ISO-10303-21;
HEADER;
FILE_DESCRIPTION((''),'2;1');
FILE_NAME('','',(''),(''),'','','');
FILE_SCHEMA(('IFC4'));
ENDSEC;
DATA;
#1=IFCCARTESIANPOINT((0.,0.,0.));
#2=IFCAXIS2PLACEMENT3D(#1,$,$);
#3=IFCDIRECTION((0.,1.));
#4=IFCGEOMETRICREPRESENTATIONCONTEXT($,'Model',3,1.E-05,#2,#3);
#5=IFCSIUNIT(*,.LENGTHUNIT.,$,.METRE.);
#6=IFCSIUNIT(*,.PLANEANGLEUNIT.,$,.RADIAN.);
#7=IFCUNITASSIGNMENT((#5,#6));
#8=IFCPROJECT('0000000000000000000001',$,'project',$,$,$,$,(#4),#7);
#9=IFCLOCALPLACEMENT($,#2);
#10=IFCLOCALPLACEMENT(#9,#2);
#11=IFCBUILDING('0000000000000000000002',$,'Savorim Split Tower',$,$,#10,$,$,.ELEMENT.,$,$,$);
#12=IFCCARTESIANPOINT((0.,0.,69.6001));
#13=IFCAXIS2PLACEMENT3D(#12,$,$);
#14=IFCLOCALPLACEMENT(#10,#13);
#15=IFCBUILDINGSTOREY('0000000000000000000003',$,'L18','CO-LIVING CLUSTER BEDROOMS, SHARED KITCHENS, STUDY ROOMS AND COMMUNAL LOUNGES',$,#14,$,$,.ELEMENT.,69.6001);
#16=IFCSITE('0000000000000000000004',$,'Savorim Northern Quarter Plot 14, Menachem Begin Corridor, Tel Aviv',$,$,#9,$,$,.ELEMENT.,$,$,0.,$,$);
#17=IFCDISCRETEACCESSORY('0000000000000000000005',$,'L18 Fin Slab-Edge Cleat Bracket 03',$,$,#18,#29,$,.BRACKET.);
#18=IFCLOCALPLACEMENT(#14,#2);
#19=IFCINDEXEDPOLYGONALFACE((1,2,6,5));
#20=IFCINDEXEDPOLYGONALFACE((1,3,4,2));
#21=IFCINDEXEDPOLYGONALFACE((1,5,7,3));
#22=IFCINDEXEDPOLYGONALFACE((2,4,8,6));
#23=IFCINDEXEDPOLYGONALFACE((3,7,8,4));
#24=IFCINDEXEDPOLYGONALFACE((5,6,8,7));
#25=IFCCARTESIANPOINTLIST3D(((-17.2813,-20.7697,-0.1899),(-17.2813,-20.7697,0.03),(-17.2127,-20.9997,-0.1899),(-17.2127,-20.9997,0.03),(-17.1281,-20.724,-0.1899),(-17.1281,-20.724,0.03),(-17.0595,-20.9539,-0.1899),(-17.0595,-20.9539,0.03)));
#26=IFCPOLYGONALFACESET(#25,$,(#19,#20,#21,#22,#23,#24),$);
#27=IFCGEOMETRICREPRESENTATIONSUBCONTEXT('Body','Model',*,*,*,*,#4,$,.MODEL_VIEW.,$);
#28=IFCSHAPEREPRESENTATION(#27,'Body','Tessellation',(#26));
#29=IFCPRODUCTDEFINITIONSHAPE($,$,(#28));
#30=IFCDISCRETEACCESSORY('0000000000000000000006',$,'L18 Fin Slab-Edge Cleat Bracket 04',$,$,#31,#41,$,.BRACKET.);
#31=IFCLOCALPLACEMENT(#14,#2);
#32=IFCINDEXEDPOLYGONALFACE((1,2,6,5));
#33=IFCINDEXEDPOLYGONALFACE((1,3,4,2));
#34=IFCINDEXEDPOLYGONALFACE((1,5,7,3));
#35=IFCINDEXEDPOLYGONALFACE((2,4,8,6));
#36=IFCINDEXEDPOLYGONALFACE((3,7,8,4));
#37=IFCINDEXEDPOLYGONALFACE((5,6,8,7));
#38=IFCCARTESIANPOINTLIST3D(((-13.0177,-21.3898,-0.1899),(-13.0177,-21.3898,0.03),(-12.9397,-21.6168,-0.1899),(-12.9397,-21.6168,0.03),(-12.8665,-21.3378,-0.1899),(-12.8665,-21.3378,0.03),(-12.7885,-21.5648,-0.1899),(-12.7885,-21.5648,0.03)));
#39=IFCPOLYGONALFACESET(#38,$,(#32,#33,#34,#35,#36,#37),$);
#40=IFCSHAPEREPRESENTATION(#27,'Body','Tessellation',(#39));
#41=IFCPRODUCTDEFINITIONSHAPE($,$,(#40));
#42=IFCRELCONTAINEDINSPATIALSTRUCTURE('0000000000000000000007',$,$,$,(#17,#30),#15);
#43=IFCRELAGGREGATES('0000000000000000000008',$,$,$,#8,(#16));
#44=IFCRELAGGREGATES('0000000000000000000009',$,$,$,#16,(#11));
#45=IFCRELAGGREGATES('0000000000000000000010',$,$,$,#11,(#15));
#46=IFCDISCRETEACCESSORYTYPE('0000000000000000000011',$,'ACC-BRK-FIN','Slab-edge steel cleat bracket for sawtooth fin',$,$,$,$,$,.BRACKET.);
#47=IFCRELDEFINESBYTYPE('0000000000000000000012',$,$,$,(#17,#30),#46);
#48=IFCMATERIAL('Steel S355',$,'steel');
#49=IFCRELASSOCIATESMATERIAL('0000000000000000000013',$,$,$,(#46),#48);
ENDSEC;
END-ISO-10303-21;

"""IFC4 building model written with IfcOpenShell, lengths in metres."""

from ifc_helpers import new_model, si_unit, direction, frame, origin, origin_2d, place, context, subcontext, project, spatial, rectangle, extrude, material, type_object, element, save


model = new_model("IFC4")

# Units and contexts
model_context = context("Model", 3, precision=1e-05, world=origin(), true_north=direction((0.0, 1.0)))
body_context = subcontext(model_context, "Body", "Model", "MODEL_VIEW")
ifc_project = project(units=[si_unit("LENGTHUNIT", "METRE"), si_unit("PLANEANGLEUNIT", "RADIAN")], contexts=[model_context])

# Site, building, storey
site_placement = place(None, origin())
site = spatial("IfcSite", under=ifc_project, at=site_placement, Name="Savorim Northern Quarter Plot 14, Menachem Begin Corridor, Tel Aviv", CompositionType="ELEMENT", RefElevation=0.0)
building_placement = place(site_placement, origin())
building = spatial("IfcBuilding", under=site, at=building_placement, Name="Savorim Split Tower", CompositionType="ELEMENT")
storey_placement = place(building_placement, frame((0.0, 0.0, 69.6001)))
storey = spatial("IfcBuildingStorey", under=building, at=storey_placement, Name="L18", Description="CO-LIVING CLUSTER BEDROOMS, SHARED KITCHENS, STUDY ROOMS AND COMMUNAL LOUNGES", CompositionType="ELEMENT", Elevation=69.6001)

# Shared definitions
ifc_material_1 = material(Name="Steel S355", Category="steel")

# Discrete accessories
discrete_accessory_type = type_object("IfcDiscreteAccessoryType", Name="ACC-BRK-FIN", Description="Slab-edge steel cleat bracket for sawtooth fin", PredefinedType="BRACKET", material=ifc_material_1)
for number, where, z_axis, x_axis, name in (
    (1, (-17.1704, -20.8618, -0.1899), (0.0, 0.0, 1.0), (0.286026, -0.958222, 0.0), "L18 Fin Slab-Edge Cleat Bracket 03"),
    (2, (-12.9031, -21.4773, -0.1899), (0.0, 0.0, 1.0), (0.324994, -0.945716, 0.0), "L18 Fin Slab-Edge Cleat Bracket 04"),
):
    element("IfcDiscreteAccessory", number, at=place(storey_placement, frame(where, z_axis=z_axis, x_axis=x_axis)), inside=storey, type_object=discrete_accessory_type, Name=name, PredefinedType="BRACKET", context=body_context, shape_type="SweptSolid", body=[
        extrude(rectangle(XDim=0.24, YDim=0.1599, at=origin_2d()), origin(), (0.0, 0.0, 1.0), 0.22),
    ])

save(model, "model.ifc")
